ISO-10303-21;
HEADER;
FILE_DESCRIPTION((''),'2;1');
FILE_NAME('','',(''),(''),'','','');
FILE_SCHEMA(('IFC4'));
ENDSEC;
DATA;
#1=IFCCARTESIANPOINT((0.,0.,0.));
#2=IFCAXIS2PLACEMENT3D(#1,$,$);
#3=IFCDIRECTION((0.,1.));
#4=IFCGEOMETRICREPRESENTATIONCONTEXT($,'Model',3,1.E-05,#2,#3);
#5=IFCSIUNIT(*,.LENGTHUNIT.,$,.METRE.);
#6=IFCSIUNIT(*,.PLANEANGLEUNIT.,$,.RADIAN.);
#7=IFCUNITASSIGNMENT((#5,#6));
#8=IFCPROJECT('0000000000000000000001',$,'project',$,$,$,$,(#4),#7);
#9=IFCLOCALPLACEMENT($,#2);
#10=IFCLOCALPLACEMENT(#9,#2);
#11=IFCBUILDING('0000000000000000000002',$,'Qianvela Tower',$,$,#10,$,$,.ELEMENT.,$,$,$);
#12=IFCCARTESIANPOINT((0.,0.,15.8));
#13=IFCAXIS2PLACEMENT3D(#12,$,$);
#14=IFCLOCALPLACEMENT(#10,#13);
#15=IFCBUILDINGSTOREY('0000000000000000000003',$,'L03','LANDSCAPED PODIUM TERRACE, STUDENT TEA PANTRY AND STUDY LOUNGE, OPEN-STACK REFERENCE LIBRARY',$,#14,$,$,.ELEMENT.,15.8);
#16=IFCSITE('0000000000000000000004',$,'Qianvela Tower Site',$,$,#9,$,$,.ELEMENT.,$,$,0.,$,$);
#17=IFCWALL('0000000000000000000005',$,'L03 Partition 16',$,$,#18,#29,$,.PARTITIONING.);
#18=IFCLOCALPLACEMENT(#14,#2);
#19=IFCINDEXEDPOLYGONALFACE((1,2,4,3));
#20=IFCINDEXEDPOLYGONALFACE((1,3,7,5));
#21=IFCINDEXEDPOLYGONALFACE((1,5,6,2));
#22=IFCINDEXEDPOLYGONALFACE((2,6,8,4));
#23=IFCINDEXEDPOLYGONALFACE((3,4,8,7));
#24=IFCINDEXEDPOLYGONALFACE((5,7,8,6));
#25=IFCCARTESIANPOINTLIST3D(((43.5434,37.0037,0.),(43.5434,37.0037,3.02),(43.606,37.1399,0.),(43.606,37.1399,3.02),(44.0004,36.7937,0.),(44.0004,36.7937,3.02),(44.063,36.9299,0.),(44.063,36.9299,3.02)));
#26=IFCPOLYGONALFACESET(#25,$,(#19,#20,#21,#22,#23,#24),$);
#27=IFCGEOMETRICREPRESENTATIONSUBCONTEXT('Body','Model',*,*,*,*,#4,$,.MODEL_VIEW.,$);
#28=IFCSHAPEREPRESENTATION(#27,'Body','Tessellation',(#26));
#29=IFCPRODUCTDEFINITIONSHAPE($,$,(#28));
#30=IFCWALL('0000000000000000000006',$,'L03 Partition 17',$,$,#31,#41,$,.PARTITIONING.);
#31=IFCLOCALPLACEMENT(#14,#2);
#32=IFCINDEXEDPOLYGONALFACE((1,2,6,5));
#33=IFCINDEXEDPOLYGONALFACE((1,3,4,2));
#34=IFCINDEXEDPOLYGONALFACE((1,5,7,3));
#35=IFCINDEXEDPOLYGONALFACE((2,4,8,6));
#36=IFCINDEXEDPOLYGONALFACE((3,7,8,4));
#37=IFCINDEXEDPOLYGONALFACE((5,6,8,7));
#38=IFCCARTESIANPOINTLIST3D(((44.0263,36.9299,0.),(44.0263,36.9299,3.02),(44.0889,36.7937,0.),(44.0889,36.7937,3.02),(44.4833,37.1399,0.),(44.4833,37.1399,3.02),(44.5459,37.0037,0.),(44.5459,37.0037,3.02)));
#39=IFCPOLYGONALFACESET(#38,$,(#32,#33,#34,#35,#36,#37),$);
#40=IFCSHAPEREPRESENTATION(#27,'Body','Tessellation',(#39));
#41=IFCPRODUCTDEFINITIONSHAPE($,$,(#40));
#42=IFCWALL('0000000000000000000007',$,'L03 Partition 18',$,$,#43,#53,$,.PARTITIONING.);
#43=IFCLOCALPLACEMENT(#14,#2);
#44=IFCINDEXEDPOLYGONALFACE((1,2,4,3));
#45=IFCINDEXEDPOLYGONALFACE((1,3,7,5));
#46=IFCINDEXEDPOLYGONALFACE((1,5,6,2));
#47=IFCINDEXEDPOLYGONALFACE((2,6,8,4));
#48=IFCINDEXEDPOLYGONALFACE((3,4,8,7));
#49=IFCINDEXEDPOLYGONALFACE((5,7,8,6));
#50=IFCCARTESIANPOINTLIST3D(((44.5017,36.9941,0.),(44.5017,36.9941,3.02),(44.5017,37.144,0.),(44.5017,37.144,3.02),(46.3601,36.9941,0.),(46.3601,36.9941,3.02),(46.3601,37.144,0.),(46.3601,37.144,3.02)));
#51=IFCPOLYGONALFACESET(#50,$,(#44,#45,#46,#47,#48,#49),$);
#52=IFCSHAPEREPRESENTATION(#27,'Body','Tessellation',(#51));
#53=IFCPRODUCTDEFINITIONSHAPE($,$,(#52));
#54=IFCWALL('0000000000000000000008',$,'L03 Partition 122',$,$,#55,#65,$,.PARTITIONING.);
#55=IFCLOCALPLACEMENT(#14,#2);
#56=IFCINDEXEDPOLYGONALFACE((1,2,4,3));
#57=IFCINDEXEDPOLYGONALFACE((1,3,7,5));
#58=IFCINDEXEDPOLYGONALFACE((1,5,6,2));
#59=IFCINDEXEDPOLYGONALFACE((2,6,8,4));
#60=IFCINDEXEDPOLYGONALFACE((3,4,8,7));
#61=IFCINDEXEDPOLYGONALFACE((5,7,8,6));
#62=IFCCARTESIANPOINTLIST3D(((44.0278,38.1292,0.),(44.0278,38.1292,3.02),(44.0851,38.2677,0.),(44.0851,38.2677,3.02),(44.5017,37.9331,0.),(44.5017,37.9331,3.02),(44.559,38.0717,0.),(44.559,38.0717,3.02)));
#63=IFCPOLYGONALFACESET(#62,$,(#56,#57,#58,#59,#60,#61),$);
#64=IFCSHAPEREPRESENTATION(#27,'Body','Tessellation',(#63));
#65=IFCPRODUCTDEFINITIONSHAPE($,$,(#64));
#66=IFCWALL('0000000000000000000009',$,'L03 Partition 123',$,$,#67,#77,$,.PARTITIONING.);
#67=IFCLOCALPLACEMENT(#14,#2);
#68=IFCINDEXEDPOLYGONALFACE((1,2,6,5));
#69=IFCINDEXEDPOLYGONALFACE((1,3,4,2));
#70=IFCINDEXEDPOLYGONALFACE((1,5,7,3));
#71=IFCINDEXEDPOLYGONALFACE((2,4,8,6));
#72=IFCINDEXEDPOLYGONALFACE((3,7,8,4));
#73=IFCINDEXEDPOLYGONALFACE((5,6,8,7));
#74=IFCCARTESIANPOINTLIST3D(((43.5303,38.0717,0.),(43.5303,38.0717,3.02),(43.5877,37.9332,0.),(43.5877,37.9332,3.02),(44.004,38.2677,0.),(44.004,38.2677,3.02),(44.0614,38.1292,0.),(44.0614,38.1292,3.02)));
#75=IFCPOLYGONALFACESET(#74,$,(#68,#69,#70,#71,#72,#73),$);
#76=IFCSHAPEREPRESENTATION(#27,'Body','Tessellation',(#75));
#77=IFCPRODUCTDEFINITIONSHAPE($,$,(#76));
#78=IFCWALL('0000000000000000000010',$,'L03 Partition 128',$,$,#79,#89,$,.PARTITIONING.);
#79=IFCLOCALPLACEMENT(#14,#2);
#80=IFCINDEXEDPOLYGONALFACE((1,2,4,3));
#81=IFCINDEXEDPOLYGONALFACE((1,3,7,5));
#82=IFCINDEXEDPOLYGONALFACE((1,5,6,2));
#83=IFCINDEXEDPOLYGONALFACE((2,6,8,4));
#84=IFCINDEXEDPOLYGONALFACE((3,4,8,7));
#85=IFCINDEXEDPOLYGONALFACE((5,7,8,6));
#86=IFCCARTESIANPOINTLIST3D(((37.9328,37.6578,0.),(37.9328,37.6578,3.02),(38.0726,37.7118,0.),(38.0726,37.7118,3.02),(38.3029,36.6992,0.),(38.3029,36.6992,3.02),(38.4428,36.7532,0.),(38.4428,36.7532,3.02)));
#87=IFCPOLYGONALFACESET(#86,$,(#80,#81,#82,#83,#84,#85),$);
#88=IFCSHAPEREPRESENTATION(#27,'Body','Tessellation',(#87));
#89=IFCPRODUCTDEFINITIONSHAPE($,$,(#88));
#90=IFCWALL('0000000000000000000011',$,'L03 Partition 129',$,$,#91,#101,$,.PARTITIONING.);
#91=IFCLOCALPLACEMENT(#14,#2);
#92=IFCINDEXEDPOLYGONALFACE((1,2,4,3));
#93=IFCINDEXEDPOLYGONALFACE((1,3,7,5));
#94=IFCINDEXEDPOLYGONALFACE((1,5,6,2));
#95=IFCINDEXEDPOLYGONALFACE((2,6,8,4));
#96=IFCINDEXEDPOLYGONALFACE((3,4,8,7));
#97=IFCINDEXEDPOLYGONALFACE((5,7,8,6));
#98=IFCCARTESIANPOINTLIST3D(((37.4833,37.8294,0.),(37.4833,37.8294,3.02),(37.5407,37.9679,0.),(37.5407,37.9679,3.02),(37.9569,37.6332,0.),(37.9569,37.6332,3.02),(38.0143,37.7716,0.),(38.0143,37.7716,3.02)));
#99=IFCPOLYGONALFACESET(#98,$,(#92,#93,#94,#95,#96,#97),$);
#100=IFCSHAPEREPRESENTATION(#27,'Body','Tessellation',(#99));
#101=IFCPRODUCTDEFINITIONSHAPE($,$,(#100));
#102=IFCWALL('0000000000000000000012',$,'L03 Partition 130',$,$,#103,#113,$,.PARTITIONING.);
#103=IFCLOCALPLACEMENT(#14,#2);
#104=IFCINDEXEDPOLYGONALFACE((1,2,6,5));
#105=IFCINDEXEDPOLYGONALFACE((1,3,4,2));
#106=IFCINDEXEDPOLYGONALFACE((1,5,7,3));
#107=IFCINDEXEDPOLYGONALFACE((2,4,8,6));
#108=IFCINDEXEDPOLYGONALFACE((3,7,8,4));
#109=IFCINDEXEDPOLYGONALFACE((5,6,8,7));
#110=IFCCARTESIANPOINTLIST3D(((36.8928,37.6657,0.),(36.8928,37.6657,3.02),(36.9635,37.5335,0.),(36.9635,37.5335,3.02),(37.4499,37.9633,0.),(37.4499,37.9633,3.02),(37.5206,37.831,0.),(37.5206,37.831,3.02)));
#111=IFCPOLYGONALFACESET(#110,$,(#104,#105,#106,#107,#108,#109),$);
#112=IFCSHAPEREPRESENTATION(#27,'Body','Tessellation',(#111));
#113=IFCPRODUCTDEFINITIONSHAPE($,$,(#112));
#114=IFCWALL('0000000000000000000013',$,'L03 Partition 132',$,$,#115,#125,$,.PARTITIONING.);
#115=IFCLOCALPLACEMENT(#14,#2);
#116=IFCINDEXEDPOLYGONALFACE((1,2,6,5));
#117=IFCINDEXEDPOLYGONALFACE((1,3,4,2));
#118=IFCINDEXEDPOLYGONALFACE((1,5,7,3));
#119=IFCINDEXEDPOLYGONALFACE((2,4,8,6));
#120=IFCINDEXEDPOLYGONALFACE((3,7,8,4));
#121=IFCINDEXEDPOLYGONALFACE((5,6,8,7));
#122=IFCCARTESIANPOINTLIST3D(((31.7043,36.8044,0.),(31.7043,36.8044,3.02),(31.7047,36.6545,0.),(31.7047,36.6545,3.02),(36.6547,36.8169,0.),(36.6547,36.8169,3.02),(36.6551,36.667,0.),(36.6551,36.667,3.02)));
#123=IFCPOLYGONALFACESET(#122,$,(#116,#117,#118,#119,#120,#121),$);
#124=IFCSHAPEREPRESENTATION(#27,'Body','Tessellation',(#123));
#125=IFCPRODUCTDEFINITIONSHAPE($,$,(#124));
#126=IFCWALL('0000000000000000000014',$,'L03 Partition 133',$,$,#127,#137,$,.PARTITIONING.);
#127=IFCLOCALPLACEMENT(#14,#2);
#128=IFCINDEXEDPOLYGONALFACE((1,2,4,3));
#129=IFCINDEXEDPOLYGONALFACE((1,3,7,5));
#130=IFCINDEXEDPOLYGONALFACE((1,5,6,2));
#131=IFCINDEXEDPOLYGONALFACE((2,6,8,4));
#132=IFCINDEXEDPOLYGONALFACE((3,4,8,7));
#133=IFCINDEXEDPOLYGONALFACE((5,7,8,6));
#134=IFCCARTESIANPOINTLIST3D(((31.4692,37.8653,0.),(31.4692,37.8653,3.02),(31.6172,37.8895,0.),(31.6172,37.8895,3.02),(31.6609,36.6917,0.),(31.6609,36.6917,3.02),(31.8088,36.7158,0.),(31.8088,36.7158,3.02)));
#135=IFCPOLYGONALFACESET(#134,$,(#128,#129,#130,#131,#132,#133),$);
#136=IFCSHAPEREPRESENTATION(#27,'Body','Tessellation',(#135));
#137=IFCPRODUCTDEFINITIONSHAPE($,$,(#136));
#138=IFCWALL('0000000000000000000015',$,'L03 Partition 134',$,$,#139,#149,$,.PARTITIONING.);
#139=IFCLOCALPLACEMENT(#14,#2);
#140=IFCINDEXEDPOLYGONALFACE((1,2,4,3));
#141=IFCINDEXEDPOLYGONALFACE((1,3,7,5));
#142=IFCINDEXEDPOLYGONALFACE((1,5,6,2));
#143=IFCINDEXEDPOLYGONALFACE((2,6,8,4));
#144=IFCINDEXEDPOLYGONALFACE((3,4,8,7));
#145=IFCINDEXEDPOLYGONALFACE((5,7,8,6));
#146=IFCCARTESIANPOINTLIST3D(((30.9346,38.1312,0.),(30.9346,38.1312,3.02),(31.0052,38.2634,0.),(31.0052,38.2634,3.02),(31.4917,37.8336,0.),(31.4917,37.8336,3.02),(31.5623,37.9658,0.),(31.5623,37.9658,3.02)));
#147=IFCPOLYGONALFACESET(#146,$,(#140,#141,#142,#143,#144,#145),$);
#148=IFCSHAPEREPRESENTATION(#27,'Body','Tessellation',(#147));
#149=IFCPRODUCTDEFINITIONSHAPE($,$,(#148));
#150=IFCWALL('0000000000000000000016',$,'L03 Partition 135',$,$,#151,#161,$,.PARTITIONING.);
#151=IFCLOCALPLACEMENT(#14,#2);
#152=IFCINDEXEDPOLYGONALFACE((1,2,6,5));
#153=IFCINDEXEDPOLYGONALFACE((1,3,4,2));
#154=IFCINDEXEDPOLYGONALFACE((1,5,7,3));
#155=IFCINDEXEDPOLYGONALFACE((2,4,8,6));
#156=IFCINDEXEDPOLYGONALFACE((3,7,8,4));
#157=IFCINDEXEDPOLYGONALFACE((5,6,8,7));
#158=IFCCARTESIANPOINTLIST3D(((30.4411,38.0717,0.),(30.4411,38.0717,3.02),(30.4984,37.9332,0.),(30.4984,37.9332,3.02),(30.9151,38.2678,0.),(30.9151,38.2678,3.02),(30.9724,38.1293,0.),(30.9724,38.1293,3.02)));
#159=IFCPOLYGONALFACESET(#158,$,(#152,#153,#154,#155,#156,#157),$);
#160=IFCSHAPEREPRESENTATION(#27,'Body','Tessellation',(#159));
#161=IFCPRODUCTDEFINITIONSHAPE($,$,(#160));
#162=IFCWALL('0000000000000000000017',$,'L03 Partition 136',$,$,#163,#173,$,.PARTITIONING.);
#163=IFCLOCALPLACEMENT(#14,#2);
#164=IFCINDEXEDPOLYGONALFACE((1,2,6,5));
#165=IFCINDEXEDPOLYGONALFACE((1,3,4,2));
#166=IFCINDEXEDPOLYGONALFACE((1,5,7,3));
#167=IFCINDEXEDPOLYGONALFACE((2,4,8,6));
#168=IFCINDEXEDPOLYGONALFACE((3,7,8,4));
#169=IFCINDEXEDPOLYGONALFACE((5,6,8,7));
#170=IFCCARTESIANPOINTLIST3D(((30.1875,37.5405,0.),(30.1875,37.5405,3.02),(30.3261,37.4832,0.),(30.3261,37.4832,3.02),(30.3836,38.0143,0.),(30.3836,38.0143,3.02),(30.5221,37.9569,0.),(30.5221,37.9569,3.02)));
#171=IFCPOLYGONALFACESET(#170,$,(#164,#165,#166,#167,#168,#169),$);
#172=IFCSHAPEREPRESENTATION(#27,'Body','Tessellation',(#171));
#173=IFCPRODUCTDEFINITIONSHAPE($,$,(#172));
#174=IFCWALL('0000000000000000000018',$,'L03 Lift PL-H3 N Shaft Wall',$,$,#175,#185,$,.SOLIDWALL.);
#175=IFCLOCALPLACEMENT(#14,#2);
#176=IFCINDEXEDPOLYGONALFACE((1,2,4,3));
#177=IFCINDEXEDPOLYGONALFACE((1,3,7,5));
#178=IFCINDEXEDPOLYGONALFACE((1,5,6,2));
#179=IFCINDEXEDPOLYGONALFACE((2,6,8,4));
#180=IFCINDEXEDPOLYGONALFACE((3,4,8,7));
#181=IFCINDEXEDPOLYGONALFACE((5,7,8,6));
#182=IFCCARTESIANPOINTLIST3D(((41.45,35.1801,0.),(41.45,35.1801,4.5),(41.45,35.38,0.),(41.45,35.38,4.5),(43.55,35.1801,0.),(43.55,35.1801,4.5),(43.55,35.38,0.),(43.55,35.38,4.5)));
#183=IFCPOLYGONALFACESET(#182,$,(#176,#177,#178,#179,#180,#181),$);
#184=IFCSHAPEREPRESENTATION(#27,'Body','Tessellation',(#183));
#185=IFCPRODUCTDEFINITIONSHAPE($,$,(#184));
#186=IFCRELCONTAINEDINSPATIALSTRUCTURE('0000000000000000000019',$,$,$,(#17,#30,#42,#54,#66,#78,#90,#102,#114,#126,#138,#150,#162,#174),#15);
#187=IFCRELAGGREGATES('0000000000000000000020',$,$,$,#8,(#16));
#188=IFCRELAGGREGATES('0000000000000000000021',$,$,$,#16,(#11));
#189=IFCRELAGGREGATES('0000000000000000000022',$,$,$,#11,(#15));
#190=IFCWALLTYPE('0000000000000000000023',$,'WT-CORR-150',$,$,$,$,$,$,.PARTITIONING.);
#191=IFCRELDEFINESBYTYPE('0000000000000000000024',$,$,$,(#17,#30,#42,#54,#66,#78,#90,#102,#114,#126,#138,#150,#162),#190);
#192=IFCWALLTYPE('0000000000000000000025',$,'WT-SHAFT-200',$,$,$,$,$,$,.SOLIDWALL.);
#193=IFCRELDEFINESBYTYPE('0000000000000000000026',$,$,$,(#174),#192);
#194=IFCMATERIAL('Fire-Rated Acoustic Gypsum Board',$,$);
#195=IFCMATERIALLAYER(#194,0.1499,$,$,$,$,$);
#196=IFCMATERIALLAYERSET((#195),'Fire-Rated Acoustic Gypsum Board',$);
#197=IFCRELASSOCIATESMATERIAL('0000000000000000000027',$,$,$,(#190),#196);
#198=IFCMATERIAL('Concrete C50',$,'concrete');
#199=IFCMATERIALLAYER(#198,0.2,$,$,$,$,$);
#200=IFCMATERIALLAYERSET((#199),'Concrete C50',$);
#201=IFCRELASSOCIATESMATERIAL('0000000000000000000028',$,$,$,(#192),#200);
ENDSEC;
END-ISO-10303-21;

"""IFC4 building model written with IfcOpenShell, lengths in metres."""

from ifc_helpers import new_model, si_unit, direction, frame, frame_2d, origin, place, context, subcontext, project, spatial, rectangle, extrude, material, layer, layer_set, type_object, element, save


model = new_model("IFC4")

# Units and contexts
model_context = context("Model", 3, precision=1e-05, world=origin(), true_north=direction((0.0, 1.0)))
body_context = subcontext(model_context, "Body", "Model", "MODEL_VIEW")
ifc_project = project(units=[si_unit("LENGTHUNIT", "METRE"), si_unit("PLANEANGLEUNIT", "RADIAN")], contexts=[model_context])

# Site, building, storey
site_placement = place(None, origin())
site = spatial("IfcSite", under=ifc_project, at=site_placement, Name="Qianvela Tower Site", CompositionType="ELEMENT", RefElevation=0.0)
building_placement = place(site_placement, origin())
building = spatial("IfcBuilding", under=site, at=building_placement, Name="Qianvela Tower", CompositionType="ELEMENT")
storey_placement = place(building_placement, frame((0.0, 0.0, 15.8)))
storey = spatial("IfcBuildingStorey", under=building, at=storey_placement, Name="L03", Description="LANDSCAPED PODIUM TERRACE, STUDENT TEA PANTRY AND STUDY LOUNGE, OPEN-STACK REFERENCE LIBRARY", CompositionType="ELEMENT", Elevation=15.8)

# Shared definitions
ifc_material_1 = material(Name="Fire-Rated Acoustic Gypsum Board")
ifc_layer_1 = layer(ifc_material_1, 0.1499)
ifc_layer_set_1 = layer_set([ifc_layer_1], Name="Fire-Rated Acoustic Gypsum Board")
wall_type_1 = type_object("IfcWallType", Name="WT-CORR-150", PredefinedType="PARTITIONING", material=ifc_layer_set_1)

# Walls
for number, where, z_axis, x_axis, name in (
    (1, (43.5747, 37.0718, 0.0), (0.0, 0.0, 1.0), (0.908697, -0.417457, 0.0), "L03 Partition 16"),
    (2, (44.0576, 36.8618, 0.0), (0.0, 0.0, 1.0), (0.908697, 0.417457, 0.0), "L03 Partition 17"),
):
    element("IfcWall", number, at=place(storey_placement, frame(where, z_axis=z_axis, x_axis=x_axis)), inside=storey, type_object=wall_type_1, Name=name, PredefinedType="PARTITIONING", context=body_context, shape_type="SweptSolid", body=[
        extrude(rectangle(XDim=0.5029, YDim=0.1499, at=frame_2d((0.2515, 0.0))), origin(), (0.0, 0.0, 1.0), 3.02),
    ])
wall_1_placement = place(storey_placement, frame((44.5017, 37.0691, 0.0), z_axis=(0.0, 0.0, 1.0), x_axis=(1.0, 0.0, 0.0)))
element("IfcWall", 3, at=wall_1_placement, inside=storey, type_object=wall_type_1, Name="L03 Partition 18", PredefinedType="PARTITIONING", context=body_context, shape_type="SweptSolid", body=[
    extrude(rectangle(XDim=1.8584, YDim=0.1499, at=frame_2d((0.9292, 0.0))), origin(), (0.0, 0.0, 1.0), 3.02),
])
wall_2_placement = place(storey_placement, frame((44.5303, 38.0024, 0.0), z_axis=(0.0, 0.0, 1.0), x_axis=(-0.924046, 0.382282, 0.0)))
element("IfcWall", 4, at=wall_2_placement, inside=storey, type_object=wall_type_1, Name="L03 Partition 122", PredefinedType="PARTITIONING", context=body_context, shape_type="SweptSolid", body=[
    extrude(rectangle(XDim=0.5129, YDim=0.1499, at=frame_2d((0.2563, 0.0))), origin(), (0.0, 0.0, 1.0), 3.02),
])
wall_3_placement = place(storey_placement, frame((44.0327, 38.1985, 0.0), z_axis=(0.0, 0.0, 1.0), x_axis=(-0.923976, -0.38245, 0.0)))
element("IfcWall", 5, at=wall_3_placement, inside=storey, type_object=wall_type_1, Name="L03 Partition 123", PredefinedType="PARTITIONING", context=body_context, shape_type="SweptSolid", body=[
    extrude(rectangle(XDim=0.5127, YDim=0.1499, at=frame_2d((0.2563, 0.0))), origin(), (0.0, 0.0, 1.0), 3.02),
])
wall_4_placement = place(storey_placement, frame((38.3728, 36.7263, 0.0), z_axis=(0.0, 0.0, 1.0), x_axis=(-0.360221, 0.932867, 0.0)))
element("IfcWall", 6, at=wall_4_placement, inside=storey, type_object=wall_type_1, Name="L03 Partition 128", PredefinedType="PARTITIONING", context=body_context, shape_type="SweptSolid", body=[
    extrude(rectangle(XDim=1.0276, YDim=0.1499, at=frame_2d((0.5137, 0.0))), origin(), (0.0, 0.0, 1.0), 3.02),
])
wall_5_placement = place(storey_placement, frame((37.9856, 37.7024, 0.0), z_axis=(0.0, 0.0, 1.0), x_axis=(-0.923808, 0.382856, 0.0)))
element("IfcWall", 7, at=wall_5_placement, inside=storey, type_object=wall_type_1, Name="L03 Partition 129", PredefinedType="PARTITIONING", context=body_context, shape_type="SweptSolid", body=[
    extrude(rectangle(XDim=0.5127, YDim=0.1499, at=frame_2d((0.2563, 0.0))), origin(), (0.0, 0.0, 1.0), 3.02),
])
wall_6_placement = place(storey_placement, frame((37.4854, 37.8972, 0.0), z_axis=(0.0, 0.0, 1.0), x_axis=(-0.882042, -0.47117, 0.0)))
element("IfcWall", 8, at=wall_6_placement, inside=storey, type_object=wall_type_1, Name="L03 Partition 130", PredefinedType="PARTITIONING", context=body_context, shape_type="SweptSolid", body=[
    extrude(rectangle(XDim=0.6316, YDim=0.1499, at=frame_2d((0.3159, 0.0))), origin(), (0.0, 0.0, 1.0), 3.02),
])
wall_7_placement = place(storey_placement, frame((36.6548, 36.7419, 0.0), z_axis=(0.0, 0.0, 1.0), x_axis=(-0.999997, -0.002515, 0.0)))
element("IfcWall", 9, at=wall_7_placement, inside=storey, type_object=wall_type_1, Name="L03 Partition 132", PredefinedType="PARTITIONING", context=body_context, shape_type="SweptSolid", body=[
    extrude(rectangle(XDim=4.9504, YDim=0.1499, at=frame_2d((2.4751, 0.0))), origin(), (0.0, 0.0, 1.0), 3.02),
])
wall_8_placement = place(storey_placement, frame((31.7349, 36.7036, 0.0), z_axis=(0.0, 0.0, 1.0), x_axis=(-0.161169, 0.986927, 0.0)))
element("IfcWall", 10, at=wall_8_placement, inside=storey, type_object=wall_type_1, Name="L03 Partition 133", PredefinedType="PARTITIONING", context=body_context, shape_type="SweptSolid", body=[
    extrude(rectangle(XDim=1.1892, YDim=0.1499, at=frame_2d((0.5947, 0.0))), origin(), (0.0, 0.0, 1.0), 3.02),
])
wall_9_placement = place(storey_placement, frame((31.5271, 37.8997, 0.0), z_axis=(0.0, 0.0, 1.0), x_axis=(-0.882042, 0.47117, 0.0)))
element("IfcWall", 11, at=wall_9_placement, inside=storey, type_object=wall_type_1, Name="L03 Partition 134", PredefinedType="PARTITIONING", context=body_context, shape_type="SweptSolid", body=[
    extrude(rectangle(XDim=0.6316, YDim=0.1499, at=frame_2d((0.3159, 0.0))), origin(), (0.0, 0.0, 1.0), 3.02),
])
wall_10_placement = place(storey_placement, frame((30.9436, 38.1985, 0.0), z_axis=(0.0, 0.0, 1.0), x_axis=(-0.924046, -0.382282, 0.0)))
element("IfcWall", 12, at=wall_10_placement, inside=storey, type_object=wall_type_1, Name="L03 Partition 135", PredefinedType="PARTITIONING", context=body_context, shape_type="SweptSolid", body=[
    extrude(rectangle(XDim=0.5129, YDim=0.1499, at=frame_2d((0.2563, 0.0))), origin(), (0.0, 0.0, 1.0), 3.02),
])
wall_11_placement = place(storey_placement, frame((30.4529, 37.9856, 0.0), z_axis=(0.0, 0.0, 1.0), x_axis=(-0.38245, -0.923976, 0.0)))
element("IfcWall", 13, at=wall_11_placement, inside=storey, type_object=wall_type_1, Name="L03 Partition 136", PredefinedType="PARTITIONING", context=body_context, shape_type="SweptSolid", body=[
    extrude(rectangle(XDim=0.5127, YDim=0.1499, at=frame_2d((0.2563, 0.0))), origin(), (0.0, 0.0, 1.0), 3.02),
])
ifc_material_2 = material(Name="Concrete C50", Category="concrete")
ifc_layer_2 = layer(ifc_material_2, 0.2)
ifc_layer_set_2 = layer_set([ifc_layer_2], Name="Concrete C50")
wall_type_2 = type_object("IfcWallType", Name="WT-SHAFT-200", PredefinedType="SOLIDWALL", material=ifc_layer_set_2)
wall_12_placement = place(storey_placement, frame((41.45, 35.28, 0.0), z_axis=(0.0, 0.0, 1.0), x_axis=(1.0, 0.0, 0.0)))
element("IfcWall", 14, at=wall_12_placement, inside=storey, type_object=wall_type_2, Name="L03 Lift PL-H3 N Shaft Wall", PredefinedType="SOLIDWALL", context=body_context, shape_type="SweptSolid", body=[
    extrude(rectangle(XDim=2.1001, YDim=0.2, at=frame_2d((1.05, 0.0))), origin(), (0.0, 0.0, 1.0), 4.5),
])

save(model, "model.ifc")
